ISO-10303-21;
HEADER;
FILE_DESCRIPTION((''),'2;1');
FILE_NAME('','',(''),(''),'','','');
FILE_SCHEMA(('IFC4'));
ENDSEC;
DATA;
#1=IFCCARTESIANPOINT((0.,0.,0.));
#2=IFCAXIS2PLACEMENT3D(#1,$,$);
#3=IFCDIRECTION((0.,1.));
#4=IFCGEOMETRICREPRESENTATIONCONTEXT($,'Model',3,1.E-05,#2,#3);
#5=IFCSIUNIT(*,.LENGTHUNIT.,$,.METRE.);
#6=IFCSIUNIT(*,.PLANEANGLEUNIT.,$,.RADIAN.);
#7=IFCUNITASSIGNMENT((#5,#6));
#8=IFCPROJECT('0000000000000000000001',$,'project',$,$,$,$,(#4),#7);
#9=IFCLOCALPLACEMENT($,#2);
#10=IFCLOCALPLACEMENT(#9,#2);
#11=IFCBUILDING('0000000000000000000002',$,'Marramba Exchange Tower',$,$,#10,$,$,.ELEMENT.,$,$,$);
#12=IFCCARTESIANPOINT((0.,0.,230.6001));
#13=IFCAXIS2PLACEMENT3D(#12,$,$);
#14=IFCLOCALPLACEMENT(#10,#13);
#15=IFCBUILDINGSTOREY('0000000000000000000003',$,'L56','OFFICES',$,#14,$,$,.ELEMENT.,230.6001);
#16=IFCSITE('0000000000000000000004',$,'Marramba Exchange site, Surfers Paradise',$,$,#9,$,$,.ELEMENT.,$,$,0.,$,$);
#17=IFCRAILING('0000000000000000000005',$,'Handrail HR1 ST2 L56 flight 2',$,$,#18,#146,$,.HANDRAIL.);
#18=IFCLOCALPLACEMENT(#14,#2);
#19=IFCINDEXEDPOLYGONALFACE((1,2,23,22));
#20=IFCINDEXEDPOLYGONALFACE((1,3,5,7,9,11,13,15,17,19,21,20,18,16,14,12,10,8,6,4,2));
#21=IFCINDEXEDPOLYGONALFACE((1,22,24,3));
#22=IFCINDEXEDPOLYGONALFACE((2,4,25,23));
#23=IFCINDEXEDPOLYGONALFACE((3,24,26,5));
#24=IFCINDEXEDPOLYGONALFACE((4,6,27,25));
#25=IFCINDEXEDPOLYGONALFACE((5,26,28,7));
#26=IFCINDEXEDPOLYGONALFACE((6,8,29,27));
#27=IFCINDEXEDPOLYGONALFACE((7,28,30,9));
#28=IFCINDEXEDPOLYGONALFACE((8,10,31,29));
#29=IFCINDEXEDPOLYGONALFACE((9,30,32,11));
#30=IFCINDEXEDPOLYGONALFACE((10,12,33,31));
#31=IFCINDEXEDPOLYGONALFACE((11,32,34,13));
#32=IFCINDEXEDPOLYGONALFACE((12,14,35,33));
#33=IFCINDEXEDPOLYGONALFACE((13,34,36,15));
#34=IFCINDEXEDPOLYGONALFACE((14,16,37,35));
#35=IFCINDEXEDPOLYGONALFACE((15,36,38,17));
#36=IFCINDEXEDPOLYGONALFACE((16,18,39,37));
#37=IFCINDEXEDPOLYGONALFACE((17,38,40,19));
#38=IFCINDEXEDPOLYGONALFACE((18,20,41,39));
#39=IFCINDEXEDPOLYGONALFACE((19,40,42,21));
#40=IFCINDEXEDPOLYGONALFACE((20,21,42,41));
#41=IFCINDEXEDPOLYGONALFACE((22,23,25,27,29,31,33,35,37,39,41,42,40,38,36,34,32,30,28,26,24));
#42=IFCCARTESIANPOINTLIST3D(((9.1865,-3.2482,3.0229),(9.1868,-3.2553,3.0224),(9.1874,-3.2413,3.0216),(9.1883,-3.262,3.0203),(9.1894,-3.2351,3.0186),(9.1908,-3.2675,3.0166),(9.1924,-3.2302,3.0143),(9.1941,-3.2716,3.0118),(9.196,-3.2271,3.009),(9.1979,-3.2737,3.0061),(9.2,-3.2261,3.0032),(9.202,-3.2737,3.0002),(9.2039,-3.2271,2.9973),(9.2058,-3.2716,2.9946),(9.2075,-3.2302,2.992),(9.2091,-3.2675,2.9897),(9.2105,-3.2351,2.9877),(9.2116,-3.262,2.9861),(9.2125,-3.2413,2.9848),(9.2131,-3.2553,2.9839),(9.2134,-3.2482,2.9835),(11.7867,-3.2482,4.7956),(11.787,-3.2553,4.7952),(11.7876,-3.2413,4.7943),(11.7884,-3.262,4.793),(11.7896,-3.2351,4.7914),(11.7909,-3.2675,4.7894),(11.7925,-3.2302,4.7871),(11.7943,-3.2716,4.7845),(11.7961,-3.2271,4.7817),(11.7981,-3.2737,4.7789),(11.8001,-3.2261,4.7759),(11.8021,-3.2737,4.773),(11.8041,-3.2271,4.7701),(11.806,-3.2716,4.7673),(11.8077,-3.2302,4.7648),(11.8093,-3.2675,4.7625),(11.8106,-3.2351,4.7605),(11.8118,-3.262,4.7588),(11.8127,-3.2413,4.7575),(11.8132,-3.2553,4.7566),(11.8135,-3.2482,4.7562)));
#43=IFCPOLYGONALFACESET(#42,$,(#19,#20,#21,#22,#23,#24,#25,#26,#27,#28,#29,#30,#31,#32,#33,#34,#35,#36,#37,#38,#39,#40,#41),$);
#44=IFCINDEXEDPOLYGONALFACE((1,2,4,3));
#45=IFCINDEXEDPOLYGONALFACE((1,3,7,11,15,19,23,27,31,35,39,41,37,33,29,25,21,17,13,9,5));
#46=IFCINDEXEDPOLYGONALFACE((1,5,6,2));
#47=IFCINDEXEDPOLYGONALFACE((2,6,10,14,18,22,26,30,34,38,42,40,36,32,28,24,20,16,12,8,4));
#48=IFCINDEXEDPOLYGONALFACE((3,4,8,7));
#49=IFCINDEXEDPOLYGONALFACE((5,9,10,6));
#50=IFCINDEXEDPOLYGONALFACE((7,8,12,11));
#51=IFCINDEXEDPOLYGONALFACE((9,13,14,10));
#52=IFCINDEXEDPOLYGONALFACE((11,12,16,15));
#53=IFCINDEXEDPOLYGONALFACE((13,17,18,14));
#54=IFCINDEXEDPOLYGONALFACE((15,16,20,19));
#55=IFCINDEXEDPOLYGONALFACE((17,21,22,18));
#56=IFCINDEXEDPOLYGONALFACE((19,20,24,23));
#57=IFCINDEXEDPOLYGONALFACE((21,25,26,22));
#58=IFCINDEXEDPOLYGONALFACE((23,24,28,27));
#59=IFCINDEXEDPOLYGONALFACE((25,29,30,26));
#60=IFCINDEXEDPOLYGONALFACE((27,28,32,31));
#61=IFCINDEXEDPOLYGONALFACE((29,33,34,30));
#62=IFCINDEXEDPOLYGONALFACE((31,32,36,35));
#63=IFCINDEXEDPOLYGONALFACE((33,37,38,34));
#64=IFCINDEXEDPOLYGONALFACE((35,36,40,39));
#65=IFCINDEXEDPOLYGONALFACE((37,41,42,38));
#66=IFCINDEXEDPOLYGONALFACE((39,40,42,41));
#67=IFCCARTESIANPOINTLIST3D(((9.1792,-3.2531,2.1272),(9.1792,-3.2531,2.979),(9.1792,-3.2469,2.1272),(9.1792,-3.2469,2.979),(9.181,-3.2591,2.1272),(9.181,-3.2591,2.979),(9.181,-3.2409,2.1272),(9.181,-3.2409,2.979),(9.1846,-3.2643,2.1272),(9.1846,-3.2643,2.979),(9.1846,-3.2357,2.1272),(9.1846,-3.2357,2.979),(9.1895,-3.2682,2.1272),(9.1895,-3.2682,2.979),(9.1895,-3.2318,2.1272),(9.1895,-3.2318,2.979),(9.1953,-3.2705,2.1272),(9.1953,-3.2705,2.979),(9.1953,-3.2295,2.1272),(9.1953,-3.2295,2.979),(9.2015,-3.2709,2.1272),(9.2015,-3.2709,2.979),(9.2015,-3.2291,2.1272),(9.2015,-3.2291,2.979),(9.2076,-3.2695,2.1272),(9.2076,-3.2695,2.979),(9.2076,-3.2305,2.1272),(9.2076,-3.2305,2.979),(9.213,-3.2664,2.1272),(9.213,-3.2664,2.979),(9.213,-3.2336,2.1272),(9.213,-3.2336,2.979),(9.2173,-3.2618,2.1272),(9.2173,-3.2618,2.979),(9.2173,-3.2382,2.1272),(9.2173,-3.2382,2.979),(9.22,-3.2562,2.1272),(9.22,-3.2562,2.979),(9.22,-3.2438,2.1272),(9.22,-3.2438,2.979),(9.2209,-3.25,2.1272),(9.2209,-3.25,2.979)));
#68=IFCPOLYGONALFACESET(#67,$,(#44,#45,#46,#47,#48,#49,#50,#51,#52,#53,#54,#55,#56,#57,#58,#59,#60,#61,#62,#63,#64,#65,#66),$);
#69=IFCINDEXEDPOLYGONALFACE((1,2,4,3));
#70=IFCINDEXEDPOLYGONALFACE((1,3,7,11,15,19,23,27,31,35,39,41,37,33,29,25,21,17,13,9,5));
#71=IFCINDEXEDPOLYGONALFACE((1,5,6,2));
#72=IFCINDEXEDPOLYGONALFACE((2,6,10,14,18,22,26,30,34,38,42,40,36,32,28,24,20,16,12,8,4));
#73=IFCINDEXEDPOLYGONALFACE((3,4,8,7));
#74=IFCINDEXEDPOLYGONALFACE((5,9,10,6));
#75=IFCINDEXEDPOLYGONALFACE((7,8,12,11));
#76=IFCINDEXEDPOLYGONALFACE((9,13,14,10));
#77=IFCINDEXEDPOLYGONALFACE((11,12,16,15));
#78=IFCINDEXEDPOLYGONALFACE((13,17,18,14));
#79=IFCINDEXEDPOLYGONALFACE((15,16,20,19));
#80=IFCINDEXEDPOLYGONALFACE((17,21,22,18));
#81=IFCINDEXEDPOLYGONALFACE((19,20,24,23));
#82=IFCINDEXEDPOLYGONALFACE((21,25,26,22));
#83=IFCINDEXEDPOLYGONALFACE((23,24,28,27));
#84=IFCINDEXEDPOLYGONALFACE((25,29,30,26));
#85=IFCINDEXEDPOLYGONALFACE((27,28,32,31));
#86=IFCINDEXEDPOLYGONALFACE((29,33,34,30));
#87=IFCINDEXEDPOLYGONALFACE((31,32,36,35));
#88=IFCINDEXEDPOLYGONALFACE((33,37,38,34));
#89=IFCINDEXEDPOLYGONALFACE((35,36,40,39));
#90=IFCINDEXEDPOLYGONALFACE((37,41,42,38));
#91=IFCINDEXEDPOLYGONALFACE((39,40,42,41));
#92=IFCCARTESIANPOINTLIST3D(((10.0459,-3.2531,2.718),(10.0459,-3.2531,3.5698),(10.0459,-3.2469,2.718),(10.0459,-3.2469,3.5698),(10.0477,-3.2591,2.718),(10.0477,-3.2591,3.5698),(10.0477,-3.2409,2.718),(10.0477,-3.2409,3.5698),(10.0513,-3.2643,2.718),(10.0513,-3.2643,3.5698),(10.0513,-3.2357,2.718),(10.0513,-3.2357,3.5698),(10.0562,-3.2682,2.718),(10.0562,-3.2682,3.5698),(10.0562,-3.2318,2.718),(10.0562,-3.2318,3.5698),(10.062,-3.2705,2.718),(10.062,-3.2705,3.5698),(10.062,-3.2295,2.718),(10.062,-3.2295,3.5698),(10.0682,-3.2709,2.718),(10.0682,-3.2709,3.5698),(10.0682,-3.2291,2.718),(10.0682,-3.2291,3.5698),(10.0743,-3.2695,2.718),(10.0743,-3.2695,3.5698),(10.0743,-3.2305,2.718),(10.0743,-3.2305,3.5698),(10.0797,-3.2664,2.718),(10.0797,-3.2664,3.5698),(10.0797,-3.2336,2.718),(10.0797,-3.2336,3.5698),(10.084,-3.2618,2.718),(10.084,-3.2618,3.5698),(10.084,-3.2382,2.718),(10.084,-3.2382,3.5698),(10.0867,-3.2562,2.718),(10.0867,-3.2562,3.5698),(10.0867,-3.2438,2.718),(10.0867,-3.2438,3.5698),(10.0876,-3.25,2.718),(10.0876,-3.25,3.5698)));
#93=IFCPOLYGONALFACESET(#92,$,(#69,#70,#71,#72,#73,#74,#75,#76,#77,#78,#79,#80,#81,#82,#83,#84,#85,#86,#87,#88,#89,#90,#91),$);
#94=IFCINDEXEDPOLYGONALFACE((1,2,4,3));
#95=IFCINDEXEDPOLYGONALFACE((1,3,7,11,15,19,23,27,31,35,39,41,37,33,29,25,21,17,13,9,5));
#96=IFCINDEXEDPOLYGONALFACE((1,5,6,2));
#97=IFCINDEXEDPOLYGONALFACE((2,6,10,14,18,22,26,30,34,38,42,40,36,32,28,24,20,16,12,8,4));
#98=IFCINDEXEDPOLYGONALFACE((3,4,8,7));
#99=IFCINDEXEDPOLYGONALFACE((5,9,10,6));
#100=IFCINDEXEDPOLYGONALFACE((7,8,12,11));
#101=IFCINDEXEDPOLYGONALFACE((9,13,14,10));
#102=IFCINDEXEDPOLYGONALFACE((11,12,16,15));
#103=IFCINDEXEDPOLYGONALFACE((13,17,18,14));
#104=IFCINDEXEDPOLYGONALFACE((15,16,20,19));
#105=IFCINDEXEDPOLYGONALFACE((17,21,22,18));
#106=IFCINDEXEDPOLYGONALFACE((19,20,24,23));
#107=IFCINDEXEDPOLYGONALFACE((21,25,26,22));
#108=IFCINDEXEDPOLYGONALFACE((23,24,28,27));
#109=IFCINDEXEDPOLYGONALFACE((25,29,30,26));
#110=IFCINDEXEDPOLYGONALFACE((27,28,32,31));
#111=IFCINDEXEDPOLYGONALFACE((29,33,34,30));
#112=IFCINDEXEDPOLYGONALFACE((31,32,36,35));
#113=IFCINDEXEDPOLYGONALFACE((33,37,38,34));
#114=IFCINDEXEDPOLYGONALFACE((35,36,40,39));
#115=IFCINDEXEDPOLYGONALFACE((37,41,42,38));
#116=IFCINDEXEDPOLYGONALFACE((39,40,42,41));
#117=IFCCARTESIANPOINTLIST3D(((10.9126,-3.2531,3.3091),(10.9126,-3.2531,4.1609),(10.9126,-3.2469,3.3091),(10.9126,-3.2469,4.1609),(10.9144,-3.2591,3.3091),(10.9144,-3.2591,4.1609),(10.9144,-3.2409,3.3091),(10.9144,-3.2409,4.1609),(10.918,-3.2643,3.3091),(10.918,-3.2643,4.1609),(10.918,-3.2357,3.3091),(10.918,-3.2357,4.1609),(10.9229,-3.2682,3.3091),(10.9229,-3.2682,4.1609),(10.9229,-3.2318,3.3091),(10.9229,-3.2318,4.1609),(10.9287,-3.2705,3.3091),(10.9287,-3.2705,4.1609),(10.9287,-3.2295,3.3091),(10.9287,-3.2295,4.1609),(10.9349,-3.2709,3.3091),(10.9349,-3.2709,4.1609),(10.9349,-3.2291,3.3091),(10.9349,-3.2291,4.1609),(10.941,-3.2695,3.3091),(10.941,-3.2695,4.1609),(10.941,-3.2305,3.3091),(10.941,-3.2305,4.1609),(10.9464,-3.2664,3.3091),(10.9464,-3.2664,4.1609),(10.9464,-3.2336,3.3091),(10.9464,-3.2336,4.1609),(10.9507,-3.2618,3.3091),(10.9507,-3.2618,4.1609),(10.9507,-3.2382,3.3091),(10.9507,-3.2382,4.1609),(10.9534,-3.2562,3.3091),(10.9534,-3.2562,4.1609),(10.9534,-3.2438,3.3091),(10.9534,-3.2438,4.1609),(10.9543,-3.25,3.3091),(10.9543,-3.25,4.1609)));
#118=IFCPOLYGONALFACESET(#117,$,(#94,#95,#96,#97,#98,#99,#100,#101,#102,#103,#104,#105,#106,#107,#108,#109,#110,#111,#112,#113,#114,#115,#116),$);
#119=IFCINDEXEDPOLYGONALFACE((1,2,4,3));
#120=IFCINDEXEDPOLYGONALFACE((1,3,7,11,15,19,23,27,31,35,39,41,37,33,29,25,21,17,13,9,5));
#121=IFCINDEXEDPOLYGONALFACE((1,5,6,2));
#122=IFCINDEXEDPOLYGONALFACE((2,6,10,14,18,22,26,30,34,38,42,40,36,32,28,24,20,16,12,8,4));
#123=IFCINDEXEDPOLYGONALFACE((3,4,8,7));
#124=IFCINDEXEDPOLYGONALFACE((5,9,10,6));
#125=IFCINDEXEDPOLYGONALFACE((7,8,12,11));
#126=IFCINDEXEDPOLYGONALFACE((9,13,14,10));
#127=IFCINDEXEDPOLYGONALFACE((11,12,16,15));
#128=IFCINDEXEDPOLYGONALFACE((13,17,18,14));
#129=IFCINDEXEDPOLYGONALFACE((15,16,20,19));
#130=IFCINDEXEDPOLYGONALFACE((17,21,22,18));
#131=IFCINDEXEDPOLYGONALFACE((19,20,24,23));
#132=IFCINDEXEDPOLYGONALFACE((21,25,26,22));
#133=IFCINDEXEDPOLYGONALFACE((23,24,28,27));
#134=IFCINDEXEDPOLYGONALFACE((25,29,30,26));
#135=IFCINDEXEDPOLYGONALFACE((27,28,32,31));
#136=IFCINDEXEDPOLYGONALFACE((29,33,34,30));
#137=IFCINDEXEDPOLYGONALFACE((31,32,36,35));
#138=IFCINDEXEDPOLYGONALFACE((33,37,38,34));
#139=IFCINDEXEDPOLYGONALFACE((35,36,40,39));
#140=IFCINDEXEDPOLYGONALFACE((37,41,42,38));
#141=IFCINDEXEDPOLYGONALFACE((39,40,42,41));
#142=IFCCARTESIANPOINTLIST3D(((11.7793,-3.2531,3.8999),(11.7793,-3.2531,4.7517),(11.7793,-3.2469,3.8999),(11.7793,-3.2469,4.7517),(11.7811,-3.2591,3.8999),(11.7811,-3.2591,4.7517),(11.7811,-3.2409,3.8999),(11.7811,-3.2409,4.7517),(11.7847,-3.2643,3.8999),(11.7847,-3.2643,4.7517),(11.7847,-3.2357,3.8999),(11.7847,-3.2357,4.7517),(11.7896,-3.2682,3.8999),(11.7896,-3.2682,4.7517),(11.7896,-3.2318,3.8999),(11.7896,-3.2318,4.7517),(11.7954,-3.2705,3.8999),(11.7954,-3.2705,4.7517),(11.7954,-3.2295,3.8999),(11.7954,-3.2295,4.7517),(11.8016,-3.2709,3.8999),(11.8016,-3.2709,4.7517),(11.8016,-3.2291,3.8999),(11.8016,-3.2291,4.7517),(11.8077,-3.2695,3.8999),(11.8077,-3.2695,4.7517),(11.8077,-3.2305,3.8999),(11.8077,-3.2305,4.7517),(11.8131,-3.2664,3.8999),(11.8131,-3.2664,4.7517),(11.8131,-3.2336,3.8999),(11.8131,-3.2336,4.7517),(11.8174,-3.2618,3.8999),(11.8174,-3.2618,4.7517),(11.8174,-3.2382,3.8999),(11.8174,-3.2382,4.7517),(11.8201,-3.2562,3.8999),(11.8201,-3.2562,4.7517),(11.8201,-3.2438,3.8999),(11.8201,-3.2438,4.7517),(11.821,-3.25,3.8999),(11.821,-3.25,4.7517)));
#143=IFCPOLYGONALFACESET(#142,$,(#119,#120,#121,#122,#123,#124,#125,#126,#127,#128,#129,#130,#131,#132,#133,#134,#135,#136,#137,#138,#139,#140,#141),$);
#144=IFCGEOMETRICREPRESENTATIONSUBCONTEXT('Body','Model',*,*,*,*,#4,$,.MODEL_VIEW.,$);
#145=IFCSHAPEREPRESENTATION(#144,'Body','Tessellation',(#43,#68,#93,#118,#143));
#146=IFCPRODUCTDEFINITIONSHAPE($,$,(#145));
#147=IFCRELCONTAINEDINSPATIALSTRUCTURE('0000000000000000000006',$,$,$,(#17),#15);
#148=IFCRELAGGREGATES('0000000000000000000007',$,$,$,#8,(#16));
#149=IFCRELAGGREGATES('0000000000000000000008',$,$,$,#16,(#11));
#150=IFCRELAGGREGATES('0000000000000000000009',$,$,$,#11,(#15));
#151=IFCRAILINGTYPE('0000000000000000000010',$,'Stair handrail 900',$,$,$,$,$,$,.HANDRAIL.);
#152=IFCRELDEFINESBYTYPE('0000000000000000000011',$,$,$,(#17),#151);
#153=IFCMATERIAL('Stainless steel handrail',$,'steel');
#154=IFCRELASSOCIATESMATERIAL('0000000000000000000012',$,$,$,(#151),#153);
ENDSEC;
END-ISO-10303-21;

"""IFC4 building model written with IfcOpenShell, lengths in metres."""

from ifc_helpers import new_model, si_unit, direction, frame, origin, origin_2d, place, context, subcontext, project, spatial, circle, extrude, material, type_object, element, save


model = new_model("IFC4")

# Units and contexts
model_context = context("Model", 3, precision=1e-05, world=origin(), true_north=direction((0.0, 1.0)))
body_context = subcontext(model_context, "Body", "Model", "MODEL_VIEW")
ifc_project = project(units=[si_unit("LENGTHUNIT", "METRE"), si_unit("PLANEANGLEUNIT", "RADIAN")], contexts=[model_context])

# Site, building, storey
site_placement = place(None, origin())
site = spatial("IfcSite", under=ifc_project, at=site_placement, Name="Marramba Exchange site, Surfers Paradise", CompositionType="ELEMENT", RefElevation=0.0)
building_placement = place(site_placement, origin())
building = spatial("IfcBuilding", under=site, at=building_placement, Name="Marramba Exchange Tower", CompositionType="ELEMENT")
storey_placement = place(building_placement, frame((0.0, 0.0, 230.6001)))
storey = spatial("IfcBuildingStorey", under=building, at=storey_placement, Name="L56", Description="OFFICES", CompositionType="ELEMENT", Elevation=230.6001)

# Railing
ifc_material_1 = material(Name="Stainless steel handrail", Category="steel")
railing_type = type_object("IfcRailingType", Name="Stair handrail 900", PredefinedType="HANDRAIL", material=ifc_material_1)
railing_placement = place(storey_placement, frame((9.2, -3.25, 2.1272)))
element("IfcRailing", 1, at=railing_placement, inside=storey, type_object=railing_type, Name="Handrail HR1 ST2 L56 flight 2", PredefinedType="HANDRAIL", context=body_context, shape_type="SweptSolid", body=[
    extrude(circle(Radius=0.0239, at=origin_2d()), frame((0.0, 0.0, 0.876), z_axis=(0.82624, 0.0, 0.563318), x_axis=(0.0, 1.0, 0.0)), (0.0, 0.0, 1.0), 3.147),
    extrude(circle(Radius=0.021, at=origin_2d()), origin(), (0.0, 0.0, 1.0), 0.8518),
    extrude(circle(Radius=0.021, at=origin_2d()), frame((0.8667, 0.0, 0.5908)), (0.0, 0.0, 1.0), 0.8518),
    extrude(circle(Radius=0.021, at=origin_2d()), frame((1.7334, 0.0, 1.1819)), (0.0, 0.0, 1.0), 0.8518),
    extrude(circle(Radius=0.021, at=origin_2d()), frame((2.6001, 0.0, 1.7727)), (0.0, 0.0, 1.0), 0.8518),
])

save(model, "model.ifc")
